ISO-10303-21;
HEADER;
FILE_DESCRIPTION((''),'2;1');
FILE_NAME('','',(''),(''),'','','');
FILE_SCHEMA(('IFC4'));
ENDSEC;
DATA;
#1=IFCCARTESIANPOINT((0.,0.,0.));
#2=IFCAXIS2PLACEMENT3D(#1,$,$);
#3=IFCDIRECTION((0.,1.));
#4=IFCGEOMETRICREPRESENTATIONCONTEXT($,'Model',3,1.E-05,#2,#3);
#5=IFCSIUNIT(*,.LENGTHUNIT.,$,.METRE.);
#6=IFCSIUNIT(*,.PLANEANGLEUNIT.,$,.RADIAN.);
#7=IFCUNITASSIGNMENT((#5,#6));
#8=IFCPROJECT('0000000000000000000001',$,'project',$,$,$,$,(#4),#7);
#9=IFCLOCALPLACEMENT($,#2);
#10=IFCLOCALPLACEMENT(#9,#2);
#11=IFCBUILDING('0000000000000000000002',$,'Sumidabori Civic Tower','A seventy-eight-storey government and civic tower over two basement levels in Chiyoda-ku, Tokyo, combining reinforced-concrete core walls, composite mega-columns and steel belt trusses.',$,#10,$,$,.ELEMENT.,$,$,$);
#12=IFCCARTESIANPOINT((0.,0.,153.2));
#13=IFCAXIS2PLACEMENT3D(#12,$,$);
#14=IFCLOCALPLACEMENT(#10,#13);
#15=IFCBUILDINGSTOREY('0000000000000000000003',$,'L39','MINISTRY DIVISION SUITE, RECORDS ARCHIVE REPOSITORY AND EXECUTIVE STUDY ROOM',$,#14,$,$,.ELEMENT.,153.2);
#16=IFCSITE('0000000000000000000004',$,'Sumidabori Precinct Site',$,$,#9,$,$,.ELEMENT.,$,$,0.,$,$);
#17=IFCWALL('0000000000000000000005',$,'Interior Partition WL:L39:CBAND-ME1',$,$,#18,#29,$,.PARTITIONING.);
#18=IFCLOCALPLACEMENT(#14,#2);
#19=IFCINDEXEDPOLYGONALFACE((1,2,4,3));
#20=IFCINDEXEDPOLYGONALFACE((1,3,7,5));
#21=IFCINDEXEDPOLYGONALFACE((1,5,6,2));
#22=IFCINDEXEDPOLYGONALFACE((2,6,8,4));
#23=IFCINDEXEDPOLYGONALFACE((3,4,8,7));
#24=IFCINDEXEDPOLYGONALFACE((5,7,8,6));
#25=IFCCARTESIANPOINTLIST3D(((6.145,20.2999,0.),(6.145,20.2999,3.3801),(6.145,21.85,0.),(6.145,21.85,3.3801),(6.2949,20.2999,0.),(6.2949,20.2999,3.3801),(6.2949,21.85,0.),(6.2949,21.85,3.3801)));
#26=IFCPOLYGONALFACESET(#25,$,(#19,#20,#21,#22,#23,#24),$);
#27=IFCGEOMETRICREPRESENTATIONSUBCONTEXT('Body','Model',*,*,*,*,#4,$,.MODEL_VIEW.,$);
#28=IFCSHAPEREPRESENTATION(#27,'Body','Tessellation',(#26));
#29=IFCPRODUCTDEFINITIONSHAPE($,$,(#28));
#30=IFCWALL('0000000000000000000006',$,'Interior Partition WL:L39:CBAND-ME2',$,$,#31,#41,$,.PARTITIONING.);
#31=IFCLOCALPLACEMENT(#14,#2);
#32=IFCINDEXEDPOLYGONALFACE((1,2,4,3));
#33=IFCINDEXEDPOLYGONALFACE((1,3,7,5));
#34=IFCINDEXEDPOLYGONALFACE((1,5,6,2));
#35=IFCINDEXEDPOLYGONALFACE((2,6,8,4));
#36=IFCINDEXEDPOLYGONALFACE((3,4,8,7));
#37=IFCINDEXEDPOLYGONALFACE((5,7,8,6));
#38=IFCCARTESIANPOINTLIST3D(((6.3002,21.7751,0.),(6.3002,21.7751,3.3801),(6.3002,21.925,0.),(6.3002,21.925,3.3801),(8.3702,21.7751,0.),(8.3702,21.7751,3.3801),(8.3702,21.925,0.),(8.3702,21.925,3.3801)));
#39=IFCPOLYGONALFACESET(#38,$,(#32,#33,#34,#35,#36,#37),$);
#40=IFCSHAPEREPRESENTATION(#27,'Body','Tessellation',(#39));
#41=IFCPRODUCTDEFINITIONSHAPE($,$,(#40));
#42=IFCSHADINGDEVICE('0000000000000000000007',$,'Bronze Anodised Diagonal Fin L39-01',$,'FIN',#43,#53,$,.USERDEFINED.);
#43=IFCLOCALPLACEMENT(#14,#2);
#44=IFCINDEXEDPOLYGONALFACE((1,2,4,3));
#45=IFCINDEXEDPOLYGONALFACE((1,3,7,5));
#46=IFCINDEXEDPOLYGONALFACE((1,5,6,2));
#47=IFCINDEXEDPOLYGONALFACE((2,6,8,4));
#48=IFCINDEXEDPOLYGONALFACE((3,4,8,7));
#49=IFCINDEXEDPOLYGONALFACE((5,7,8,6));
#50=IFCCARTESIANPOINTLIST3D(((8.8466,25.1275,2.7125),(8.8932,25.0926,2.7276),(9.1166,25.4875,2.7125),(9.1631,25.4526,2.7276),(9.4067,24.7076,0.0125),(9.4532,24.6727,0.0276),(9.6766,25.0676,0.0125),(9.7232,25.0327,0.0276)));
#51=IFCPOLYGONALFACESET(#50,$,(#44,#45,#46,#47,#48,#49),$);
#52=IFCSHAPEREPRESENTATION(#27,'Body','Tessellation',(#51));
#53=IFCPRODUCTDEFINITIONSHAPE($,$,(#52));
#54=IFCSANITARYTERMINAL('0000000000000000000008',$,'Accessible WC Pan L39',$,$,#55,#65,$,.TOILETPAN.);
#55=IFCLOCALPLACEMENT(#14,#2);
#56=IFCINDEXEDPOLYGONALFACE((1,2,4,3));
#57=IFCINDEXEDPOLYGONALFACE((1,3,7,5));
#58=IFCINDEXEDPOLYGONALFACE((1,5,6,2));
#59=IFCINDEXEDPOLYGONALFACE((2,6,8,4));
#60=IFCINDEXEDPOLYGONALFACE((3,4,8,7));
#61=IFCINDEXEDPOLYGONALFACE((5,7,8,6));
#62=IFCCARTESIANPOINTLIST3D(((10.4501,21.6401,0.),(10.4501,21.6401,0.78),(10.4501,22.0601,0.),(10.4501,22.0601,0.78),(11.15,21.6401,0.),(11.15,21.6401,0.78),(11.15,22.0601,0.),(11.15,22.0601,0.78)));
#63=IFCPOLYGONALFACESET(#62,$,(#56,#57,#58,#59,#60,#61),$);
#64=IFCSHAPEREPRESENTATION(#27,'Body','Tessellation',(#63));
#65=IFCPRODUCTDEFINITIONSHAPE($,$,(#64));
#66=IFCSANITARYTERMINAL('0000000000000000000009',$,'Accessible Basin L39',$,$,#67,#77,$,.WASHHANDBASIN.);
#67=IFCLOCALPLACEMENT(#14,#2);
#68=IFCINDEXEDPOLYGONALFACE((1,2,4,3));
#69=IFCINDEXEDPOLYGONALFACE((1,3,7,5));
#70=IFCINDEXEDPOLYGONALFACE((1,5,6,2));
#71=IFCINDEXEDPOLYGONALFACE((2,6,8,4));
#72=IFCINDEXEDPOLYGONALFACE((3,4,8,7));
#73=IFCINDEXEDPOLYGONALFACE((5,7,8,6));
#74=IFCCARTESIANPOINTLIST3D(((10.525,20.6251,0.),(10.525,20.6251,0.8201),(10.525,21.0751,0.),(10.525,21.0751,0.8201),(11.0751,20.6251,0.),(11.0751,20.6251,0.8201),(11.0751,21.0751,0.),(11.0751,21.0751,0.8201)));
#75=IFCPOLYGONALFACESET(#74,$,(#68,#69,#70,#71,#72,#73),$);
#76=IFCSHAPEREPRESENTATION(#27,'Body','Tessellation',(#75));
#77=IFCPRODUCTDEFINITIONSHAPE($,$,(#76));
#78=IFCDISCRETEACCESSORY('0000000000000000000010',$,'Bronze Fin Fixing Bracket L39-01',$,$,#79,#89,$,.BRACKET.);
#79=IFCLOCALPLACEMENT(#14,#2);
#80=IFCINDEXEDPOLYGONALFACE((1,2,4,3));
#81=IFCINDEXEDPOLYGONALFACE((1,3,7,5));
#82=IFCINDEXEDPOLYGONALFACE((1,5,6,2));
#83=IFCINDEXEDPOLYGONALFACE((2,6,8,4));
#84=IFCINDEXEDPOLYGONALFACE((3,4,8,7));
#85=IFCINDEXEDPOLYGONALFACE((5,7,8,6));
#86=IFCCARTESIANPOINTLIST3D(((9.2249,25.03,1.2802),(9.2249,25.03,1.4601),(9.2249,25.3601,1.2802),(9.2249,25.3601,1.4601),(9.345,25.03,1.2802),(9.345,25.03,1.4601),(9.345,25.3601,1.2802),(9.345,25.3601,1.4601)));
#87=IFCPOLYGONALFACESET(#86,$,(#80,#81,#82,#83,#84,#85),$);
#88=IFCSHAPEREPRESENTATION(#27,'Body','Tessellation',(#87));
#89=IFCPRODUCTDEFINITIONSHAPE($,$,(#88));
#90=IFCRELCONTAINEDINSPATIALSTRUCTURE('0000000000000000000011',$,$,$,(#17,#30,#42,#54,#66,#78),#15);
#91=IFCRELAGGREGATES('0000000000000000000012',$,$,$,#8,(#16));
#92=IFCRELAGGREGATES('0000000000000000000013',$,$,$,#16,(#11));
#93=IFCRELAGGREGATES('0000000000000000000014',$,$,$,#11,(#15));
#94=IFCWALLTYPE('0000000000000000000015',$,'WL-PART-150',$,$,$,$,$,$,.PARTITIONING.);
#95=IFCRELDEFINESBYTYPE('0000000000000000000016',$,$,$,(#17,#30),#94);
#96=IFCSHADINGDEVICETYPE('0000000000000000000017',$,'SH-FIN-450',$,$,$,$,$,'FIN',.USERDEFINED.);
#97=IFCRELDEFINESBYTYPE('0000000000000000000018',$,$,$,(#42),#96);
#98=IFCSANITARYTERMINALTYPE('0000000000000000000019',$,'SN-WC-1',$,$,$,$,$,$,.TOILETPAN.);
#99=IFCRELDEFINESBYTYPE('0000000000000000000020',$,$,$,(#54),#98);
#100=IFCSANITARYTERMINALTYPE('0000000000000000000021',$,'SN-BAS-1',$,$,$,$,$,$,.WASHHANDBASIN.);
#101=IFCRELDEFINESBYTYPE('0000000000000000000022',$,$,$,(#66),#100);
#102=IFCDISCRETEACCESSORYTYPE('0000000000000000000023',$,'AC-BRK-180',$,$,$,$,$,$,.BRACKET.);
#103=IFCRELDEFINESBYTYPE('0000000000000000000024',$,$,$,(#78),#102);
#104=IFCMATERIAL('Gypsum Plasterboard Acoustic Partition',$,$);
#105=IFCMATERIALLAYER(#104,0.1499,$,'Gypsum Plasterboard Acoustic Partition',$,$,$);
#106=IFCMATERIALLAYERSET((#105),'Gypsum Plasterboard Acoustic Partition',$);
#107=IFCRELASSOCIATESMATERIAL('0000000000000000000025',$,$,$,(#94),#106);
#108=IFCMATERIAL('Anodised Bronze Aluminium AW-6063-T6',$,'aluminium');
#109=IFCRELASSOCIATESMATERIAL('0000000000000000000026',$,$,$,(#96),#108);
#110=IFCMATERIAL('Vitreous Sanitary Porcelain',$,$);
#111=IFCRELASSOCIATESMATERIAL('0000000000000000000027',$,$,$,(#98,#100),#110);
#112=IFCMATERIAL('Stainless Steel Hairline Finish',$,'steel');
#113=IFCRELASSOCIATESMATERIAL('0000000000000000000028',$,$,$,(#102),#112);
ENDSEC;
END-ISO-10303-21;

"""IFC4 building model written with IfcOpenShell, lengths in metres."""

from ifc_helpers import new_model, si_unit, direction, frame, frame_2d, origin, origin_2d, place, context, subcontext, project, spatial, rectangle, extrude, source, transform, mapped, material, layer, layer_set, material_profile, profile_set, type_object, element, save


model = new_model("IFC4")

# Units and contexts
model_context = context("Model", 3, precision=1e-05, world=origin(), true_north=direction((0.0, 1.0)))
body_context = subcontext(model_context, "Body", "Model", "MODEL_VIEW")
ifc_project = project(units=[si_unit("LENGTHUNIT", "METRE"), si_unit("PLANEANGLEUNIT", "RADIAN")], contexts=[model_context])

# Site, building, storey
site_placement = place(None, origin())
site = spatial("IfcSite", under=ifc_project, at=site_placement, Name="Sumidabori Precinct Site", CompositionType="ELEMENT", RefElevation=0.0)
building_placement = place(site_placement, origin())
building = spatial("IfcBuilding", under=site, at=building_placement, Name="Sumidabori Civic Tower", Description="A seventy-eight-storey government and civic tower over two basement levels in Chiyoda-ku, Tokyo, combining reinforced-concrete core walls, composite mega-columns and steel belt trusses.", CompositionType="ELEMENT")
storey_placement = place(building_placement, frame((0.0, 0.0, 153.2)))
storey = spatial("IfcBuildingStorey", under=building, at=storey_placement, Name="L39", Description="MINISTRY DIVISION SUITE, RECORDS ARCHIVE REPOSITORY AND EXECUTIVE STUDY ROOM", CompositionType="ELEMENT", Elevation=153.2)

# Shared definitions
ifc_material_1 = material(Name="Anodised Bronze Aluminium AW-6063-T6", Category="aluminium")

# Shared definitions
ifc_material_2 = material(Name="Gypsum Plasterboard Acoustic Partition")
ifc_layer_1 = layer(ifc_material_2, 0.1499, Name="Gypsum Plasterboard Acoustic Partition")
ifc_layer_set_1 = layer_set([ifc_layer_1], Name="Gypsum Plasterboard Acoustic Partition")
wall_type_1 = type_object("IfcWallType", Name="WL-PART-150", PredefinedType="PARTITIONING", material=ifc_layer_set_1)

# Shared definitions
ifc_material_3 = material(Name="Stainless Steel Hairline Finish", Category="steel")

# Walls
shared_shape_1 = source(origin(), body_context, "Body", "SweptSolid", [
    extrude(rectangle(XDim=1.55, YDim=0.1499, at=frame_2d((0.7749, 0.0))), origin(), (0.0, 0.0, 1.0), 3.3801),
])
wall_1_placement = place(storey_placement, frame((6.22, 20.3, 0.0), z_axis=(0.0, 0.0, 1.0), x_axis=(0.0, 1.0, 0.0)))
element("IfcWall", 1, at=wall_1_placement, inside=storey, type_object=wall_type_1, Name="Interior Partition WL:L39:CBAND-ME1", PredefinedType="PARTITIONING", context=body_context, shape_type="MappedRepresentation", body=[
    mapped(shared_shape_1, transform((0.0, 0.0, 0.0), x_axis=(1.0, 0.0, 0.0), y_axis=(0.0, 1.0, 0.0), z_axis=(0.0, 0.0, 1.0), scale=1.0)),
])
shared_shape_2 = source(origin(), body_context, "Body", "SweptSolid", [
    extrude(rectangle(XDim=2.0701, YDim=0.1499, at=frame_2d((1.0352, 0.0))), origin(), (0.0, 0.0, 1.0), 3.3801),
])
wall_2_placement = place(storey_placement, frame((6.3, 21.8501, 0.0), z_axis=(0.0, 0.0, 1.0), x_axis=(1.0, 0.0, 0.0)))
element("IfcWall", 2, at=wall_2_placement, inside=storey, type_object=wall_type_1, Name="Interior Partition WL:L39:CBAND-ME2", PredefinedType="PARTITIONING", context=body_context, shape_type="MappedRepresentation", body=[
    mapped(shared_shape_2, transform((0.0, 0.0, 0.0), x_axis=(1.0, 0.0, 0.0), y_axis=(0.0, 1.0, 0.0), z_axis=(0.0, 0.0, 1.0), scale=1.0)),
])

# Shading device
ifc_material_profile_1 = material_profile(ifc_material_1, rectangle(XDim=0.0601, YDim=0.45, at=origin_2d()), Name="BRONZE FIN 450x60")
ifc_profile_set_1 = profile_set([ifc_material_profile_1], Name="Anodised Bronze Aluminium AW-6063-T6")
shading_device_type = type_object("IfcShadingDeviceType", Name="SH-FIN-450", ElementType="FIN", PredefinedType="USERDEFINED", material=ifc_profile_set_1)
shared_shape_3 = source(origin(), body_context, "Body", "SweptSolid", [
    extrude(rectangle(XDim=0.0601, YDim=0.45, at=origin_2d()), origin(), (0.0, 0.0, 1.0), 2.7893),
])
shading_device_placement = place(storey_placement, frame((9.5649, 24.8701, 0.02), z_axis=(-0.200794, 0.150552, 0.967996), x_axis=(0.774478, -0.580689, 0.250966)))
element("IfcShadingDevice", 3, at=shading_device_placement, inside=storey, type_object=shading_device_type, Name="Bronze Anodised Diagonal Fin L39-01", ObjectType="FIN", PredefinedType="USERDEFINED", context=body_context, shape_type="MappedRepresentation", body=[
    mapped(shared_shape_3, transform((0.0, 0.0, 0.0), x_axis=(1.0, 0.0, 0.0), y_axis=(0.0, 1.0, 0.0), z_axis=(0.0, 0.0, 1.0), scale=1.0)),
])

# Sanitary terminals
ifc_material_4 = material(Name="Vitreous Sanitary Porcelain")
sanitary_terminal_type_1 = type_object("IfcSanitaryTerminalType", Name="SN-WC-1", PredefinedType="TOILETPAN", material=ifc_material_4)
shared_shape_4 = source(origin(), body_context, "Body", "SweptSolid", [
    extrude(rectangle(XDim=0.7, YDim=0.4199, at=origin_2d()), origin(), (0.0, 0.0, 1.0), 0.78),
])
sanitary_terminal_1_placement = place(storey_placement, frame((10.8, 21.8501, 0.0), z_axis=(0.0, 0.0, 1.0), x_axis=(1.0, 0.0, 0.0)))
element("IfcSanitaryTerminal", 4, at=sanitary_terminal_1_placement, inside=storey, type_object=sanitary_terminal_type_1, Name="Accessible WC Pan L39", PredefinedType="TOILETPAN", context=body_context, shape_type="MappedRepresentation", body=[
    mapped(shared_shape_4, transform((0.0, 0.0, 0.0), x_axis=(1.0, 0.0, 0.0), y_axis=(0.0, 1.0, 0.0), z_axis=(0.0, 0.0, 1.0), scale=1.0)),
])
sanitary_terminal_type_2 = type_object("IfcSanitaryTerminalType", Name="SN-BAS-1", PredefinedType="WASHHANDBASIN", material=ifc_material_4)
shared_shape_5 = source(origin(), body_context, "Body", "SweptSolid", [
    extrude(rectangle(XDim=0.55, YDim=0.45, at=origin_2d()), origin(), (0.0, 0.0, 1.0), 0.8201),
])
sanitary_terminal_2_placement = place(storey_placement, frame((10.8, 20.8501, 0.0), z_axis=(0.0, 0.0, 1.0), x_axis=(1.0, 0.0, 0.0)))
element("IfcSanitaryTerminal", 5, at=sanitary_terminal_2_placement, inside=storey, type_object=sanitary_terminal_type_2, Name="Accessible Basin L39", PredefinedType="WASHHANDBASIN", context=body_context, shape_type="MappedRepresentation", body=[
    mapped(shared_shape_5, transform((0.0, 0.0, 0.0), x_axis=(1.0, 0.0, 0.0), y_axis=(0.0, 1.0, 0.0), z_axis=(0.0, 0.0, 1.0), scale=1.0)),
])

# Discrete accessory
ifc_material_profile_2 = material_profile(ifc_material_3, rectangle(XDim=0.1201, YDim=0.1799, at=origin_2d()), Name="STEEL BRACKET 180x120")
ifc_profile_set_2 = profile_set([ifc_material_profile_2], Name="Stainless Steel Hairline Finish")
discrete_accessory_type = type_object("IfcDiscreteAccessoryType", Name="AC-BRK-180", PredefinedType="BRACKET", material=ifc_profile_set_2)
shared_shape_6 = source(origin(), body_context, "Body", "SweptSolid", [
    extrude(rectangle(XDim=0.1201, YDim=0.1799, at=origin_2d()), origin(), (0.0, 0.0, 1.0), 0.3301),
])
discrete_accessory_placement = place(storey_placement, frame((9.2849, 25.03, 1.3701), z_axis=(0.0, 1.0, 0.0), x_axis=(-1.0, 0.0, 0.0)))
element("IfcDiscreteAccessory", 6, at=discrete_accessory_placement, inside=storey, type_object=discrete_accessory_type, Name="Bronze Fin Fixing Bracket L39-01", PredefinedType="BRACKET", context=body_context, shape_type="MappedRepresentation", body=[
    mapped(shared_shape_6, transform((0.0, 0.0, 0.0), x_axis=(1.0, 0.0, 0.0), y_axis=(0.0, 1.0, 0.0), z_axis=(0.0, 0.0, 1.0), scale=1.0)),
])

save(model, "model.ifc")
